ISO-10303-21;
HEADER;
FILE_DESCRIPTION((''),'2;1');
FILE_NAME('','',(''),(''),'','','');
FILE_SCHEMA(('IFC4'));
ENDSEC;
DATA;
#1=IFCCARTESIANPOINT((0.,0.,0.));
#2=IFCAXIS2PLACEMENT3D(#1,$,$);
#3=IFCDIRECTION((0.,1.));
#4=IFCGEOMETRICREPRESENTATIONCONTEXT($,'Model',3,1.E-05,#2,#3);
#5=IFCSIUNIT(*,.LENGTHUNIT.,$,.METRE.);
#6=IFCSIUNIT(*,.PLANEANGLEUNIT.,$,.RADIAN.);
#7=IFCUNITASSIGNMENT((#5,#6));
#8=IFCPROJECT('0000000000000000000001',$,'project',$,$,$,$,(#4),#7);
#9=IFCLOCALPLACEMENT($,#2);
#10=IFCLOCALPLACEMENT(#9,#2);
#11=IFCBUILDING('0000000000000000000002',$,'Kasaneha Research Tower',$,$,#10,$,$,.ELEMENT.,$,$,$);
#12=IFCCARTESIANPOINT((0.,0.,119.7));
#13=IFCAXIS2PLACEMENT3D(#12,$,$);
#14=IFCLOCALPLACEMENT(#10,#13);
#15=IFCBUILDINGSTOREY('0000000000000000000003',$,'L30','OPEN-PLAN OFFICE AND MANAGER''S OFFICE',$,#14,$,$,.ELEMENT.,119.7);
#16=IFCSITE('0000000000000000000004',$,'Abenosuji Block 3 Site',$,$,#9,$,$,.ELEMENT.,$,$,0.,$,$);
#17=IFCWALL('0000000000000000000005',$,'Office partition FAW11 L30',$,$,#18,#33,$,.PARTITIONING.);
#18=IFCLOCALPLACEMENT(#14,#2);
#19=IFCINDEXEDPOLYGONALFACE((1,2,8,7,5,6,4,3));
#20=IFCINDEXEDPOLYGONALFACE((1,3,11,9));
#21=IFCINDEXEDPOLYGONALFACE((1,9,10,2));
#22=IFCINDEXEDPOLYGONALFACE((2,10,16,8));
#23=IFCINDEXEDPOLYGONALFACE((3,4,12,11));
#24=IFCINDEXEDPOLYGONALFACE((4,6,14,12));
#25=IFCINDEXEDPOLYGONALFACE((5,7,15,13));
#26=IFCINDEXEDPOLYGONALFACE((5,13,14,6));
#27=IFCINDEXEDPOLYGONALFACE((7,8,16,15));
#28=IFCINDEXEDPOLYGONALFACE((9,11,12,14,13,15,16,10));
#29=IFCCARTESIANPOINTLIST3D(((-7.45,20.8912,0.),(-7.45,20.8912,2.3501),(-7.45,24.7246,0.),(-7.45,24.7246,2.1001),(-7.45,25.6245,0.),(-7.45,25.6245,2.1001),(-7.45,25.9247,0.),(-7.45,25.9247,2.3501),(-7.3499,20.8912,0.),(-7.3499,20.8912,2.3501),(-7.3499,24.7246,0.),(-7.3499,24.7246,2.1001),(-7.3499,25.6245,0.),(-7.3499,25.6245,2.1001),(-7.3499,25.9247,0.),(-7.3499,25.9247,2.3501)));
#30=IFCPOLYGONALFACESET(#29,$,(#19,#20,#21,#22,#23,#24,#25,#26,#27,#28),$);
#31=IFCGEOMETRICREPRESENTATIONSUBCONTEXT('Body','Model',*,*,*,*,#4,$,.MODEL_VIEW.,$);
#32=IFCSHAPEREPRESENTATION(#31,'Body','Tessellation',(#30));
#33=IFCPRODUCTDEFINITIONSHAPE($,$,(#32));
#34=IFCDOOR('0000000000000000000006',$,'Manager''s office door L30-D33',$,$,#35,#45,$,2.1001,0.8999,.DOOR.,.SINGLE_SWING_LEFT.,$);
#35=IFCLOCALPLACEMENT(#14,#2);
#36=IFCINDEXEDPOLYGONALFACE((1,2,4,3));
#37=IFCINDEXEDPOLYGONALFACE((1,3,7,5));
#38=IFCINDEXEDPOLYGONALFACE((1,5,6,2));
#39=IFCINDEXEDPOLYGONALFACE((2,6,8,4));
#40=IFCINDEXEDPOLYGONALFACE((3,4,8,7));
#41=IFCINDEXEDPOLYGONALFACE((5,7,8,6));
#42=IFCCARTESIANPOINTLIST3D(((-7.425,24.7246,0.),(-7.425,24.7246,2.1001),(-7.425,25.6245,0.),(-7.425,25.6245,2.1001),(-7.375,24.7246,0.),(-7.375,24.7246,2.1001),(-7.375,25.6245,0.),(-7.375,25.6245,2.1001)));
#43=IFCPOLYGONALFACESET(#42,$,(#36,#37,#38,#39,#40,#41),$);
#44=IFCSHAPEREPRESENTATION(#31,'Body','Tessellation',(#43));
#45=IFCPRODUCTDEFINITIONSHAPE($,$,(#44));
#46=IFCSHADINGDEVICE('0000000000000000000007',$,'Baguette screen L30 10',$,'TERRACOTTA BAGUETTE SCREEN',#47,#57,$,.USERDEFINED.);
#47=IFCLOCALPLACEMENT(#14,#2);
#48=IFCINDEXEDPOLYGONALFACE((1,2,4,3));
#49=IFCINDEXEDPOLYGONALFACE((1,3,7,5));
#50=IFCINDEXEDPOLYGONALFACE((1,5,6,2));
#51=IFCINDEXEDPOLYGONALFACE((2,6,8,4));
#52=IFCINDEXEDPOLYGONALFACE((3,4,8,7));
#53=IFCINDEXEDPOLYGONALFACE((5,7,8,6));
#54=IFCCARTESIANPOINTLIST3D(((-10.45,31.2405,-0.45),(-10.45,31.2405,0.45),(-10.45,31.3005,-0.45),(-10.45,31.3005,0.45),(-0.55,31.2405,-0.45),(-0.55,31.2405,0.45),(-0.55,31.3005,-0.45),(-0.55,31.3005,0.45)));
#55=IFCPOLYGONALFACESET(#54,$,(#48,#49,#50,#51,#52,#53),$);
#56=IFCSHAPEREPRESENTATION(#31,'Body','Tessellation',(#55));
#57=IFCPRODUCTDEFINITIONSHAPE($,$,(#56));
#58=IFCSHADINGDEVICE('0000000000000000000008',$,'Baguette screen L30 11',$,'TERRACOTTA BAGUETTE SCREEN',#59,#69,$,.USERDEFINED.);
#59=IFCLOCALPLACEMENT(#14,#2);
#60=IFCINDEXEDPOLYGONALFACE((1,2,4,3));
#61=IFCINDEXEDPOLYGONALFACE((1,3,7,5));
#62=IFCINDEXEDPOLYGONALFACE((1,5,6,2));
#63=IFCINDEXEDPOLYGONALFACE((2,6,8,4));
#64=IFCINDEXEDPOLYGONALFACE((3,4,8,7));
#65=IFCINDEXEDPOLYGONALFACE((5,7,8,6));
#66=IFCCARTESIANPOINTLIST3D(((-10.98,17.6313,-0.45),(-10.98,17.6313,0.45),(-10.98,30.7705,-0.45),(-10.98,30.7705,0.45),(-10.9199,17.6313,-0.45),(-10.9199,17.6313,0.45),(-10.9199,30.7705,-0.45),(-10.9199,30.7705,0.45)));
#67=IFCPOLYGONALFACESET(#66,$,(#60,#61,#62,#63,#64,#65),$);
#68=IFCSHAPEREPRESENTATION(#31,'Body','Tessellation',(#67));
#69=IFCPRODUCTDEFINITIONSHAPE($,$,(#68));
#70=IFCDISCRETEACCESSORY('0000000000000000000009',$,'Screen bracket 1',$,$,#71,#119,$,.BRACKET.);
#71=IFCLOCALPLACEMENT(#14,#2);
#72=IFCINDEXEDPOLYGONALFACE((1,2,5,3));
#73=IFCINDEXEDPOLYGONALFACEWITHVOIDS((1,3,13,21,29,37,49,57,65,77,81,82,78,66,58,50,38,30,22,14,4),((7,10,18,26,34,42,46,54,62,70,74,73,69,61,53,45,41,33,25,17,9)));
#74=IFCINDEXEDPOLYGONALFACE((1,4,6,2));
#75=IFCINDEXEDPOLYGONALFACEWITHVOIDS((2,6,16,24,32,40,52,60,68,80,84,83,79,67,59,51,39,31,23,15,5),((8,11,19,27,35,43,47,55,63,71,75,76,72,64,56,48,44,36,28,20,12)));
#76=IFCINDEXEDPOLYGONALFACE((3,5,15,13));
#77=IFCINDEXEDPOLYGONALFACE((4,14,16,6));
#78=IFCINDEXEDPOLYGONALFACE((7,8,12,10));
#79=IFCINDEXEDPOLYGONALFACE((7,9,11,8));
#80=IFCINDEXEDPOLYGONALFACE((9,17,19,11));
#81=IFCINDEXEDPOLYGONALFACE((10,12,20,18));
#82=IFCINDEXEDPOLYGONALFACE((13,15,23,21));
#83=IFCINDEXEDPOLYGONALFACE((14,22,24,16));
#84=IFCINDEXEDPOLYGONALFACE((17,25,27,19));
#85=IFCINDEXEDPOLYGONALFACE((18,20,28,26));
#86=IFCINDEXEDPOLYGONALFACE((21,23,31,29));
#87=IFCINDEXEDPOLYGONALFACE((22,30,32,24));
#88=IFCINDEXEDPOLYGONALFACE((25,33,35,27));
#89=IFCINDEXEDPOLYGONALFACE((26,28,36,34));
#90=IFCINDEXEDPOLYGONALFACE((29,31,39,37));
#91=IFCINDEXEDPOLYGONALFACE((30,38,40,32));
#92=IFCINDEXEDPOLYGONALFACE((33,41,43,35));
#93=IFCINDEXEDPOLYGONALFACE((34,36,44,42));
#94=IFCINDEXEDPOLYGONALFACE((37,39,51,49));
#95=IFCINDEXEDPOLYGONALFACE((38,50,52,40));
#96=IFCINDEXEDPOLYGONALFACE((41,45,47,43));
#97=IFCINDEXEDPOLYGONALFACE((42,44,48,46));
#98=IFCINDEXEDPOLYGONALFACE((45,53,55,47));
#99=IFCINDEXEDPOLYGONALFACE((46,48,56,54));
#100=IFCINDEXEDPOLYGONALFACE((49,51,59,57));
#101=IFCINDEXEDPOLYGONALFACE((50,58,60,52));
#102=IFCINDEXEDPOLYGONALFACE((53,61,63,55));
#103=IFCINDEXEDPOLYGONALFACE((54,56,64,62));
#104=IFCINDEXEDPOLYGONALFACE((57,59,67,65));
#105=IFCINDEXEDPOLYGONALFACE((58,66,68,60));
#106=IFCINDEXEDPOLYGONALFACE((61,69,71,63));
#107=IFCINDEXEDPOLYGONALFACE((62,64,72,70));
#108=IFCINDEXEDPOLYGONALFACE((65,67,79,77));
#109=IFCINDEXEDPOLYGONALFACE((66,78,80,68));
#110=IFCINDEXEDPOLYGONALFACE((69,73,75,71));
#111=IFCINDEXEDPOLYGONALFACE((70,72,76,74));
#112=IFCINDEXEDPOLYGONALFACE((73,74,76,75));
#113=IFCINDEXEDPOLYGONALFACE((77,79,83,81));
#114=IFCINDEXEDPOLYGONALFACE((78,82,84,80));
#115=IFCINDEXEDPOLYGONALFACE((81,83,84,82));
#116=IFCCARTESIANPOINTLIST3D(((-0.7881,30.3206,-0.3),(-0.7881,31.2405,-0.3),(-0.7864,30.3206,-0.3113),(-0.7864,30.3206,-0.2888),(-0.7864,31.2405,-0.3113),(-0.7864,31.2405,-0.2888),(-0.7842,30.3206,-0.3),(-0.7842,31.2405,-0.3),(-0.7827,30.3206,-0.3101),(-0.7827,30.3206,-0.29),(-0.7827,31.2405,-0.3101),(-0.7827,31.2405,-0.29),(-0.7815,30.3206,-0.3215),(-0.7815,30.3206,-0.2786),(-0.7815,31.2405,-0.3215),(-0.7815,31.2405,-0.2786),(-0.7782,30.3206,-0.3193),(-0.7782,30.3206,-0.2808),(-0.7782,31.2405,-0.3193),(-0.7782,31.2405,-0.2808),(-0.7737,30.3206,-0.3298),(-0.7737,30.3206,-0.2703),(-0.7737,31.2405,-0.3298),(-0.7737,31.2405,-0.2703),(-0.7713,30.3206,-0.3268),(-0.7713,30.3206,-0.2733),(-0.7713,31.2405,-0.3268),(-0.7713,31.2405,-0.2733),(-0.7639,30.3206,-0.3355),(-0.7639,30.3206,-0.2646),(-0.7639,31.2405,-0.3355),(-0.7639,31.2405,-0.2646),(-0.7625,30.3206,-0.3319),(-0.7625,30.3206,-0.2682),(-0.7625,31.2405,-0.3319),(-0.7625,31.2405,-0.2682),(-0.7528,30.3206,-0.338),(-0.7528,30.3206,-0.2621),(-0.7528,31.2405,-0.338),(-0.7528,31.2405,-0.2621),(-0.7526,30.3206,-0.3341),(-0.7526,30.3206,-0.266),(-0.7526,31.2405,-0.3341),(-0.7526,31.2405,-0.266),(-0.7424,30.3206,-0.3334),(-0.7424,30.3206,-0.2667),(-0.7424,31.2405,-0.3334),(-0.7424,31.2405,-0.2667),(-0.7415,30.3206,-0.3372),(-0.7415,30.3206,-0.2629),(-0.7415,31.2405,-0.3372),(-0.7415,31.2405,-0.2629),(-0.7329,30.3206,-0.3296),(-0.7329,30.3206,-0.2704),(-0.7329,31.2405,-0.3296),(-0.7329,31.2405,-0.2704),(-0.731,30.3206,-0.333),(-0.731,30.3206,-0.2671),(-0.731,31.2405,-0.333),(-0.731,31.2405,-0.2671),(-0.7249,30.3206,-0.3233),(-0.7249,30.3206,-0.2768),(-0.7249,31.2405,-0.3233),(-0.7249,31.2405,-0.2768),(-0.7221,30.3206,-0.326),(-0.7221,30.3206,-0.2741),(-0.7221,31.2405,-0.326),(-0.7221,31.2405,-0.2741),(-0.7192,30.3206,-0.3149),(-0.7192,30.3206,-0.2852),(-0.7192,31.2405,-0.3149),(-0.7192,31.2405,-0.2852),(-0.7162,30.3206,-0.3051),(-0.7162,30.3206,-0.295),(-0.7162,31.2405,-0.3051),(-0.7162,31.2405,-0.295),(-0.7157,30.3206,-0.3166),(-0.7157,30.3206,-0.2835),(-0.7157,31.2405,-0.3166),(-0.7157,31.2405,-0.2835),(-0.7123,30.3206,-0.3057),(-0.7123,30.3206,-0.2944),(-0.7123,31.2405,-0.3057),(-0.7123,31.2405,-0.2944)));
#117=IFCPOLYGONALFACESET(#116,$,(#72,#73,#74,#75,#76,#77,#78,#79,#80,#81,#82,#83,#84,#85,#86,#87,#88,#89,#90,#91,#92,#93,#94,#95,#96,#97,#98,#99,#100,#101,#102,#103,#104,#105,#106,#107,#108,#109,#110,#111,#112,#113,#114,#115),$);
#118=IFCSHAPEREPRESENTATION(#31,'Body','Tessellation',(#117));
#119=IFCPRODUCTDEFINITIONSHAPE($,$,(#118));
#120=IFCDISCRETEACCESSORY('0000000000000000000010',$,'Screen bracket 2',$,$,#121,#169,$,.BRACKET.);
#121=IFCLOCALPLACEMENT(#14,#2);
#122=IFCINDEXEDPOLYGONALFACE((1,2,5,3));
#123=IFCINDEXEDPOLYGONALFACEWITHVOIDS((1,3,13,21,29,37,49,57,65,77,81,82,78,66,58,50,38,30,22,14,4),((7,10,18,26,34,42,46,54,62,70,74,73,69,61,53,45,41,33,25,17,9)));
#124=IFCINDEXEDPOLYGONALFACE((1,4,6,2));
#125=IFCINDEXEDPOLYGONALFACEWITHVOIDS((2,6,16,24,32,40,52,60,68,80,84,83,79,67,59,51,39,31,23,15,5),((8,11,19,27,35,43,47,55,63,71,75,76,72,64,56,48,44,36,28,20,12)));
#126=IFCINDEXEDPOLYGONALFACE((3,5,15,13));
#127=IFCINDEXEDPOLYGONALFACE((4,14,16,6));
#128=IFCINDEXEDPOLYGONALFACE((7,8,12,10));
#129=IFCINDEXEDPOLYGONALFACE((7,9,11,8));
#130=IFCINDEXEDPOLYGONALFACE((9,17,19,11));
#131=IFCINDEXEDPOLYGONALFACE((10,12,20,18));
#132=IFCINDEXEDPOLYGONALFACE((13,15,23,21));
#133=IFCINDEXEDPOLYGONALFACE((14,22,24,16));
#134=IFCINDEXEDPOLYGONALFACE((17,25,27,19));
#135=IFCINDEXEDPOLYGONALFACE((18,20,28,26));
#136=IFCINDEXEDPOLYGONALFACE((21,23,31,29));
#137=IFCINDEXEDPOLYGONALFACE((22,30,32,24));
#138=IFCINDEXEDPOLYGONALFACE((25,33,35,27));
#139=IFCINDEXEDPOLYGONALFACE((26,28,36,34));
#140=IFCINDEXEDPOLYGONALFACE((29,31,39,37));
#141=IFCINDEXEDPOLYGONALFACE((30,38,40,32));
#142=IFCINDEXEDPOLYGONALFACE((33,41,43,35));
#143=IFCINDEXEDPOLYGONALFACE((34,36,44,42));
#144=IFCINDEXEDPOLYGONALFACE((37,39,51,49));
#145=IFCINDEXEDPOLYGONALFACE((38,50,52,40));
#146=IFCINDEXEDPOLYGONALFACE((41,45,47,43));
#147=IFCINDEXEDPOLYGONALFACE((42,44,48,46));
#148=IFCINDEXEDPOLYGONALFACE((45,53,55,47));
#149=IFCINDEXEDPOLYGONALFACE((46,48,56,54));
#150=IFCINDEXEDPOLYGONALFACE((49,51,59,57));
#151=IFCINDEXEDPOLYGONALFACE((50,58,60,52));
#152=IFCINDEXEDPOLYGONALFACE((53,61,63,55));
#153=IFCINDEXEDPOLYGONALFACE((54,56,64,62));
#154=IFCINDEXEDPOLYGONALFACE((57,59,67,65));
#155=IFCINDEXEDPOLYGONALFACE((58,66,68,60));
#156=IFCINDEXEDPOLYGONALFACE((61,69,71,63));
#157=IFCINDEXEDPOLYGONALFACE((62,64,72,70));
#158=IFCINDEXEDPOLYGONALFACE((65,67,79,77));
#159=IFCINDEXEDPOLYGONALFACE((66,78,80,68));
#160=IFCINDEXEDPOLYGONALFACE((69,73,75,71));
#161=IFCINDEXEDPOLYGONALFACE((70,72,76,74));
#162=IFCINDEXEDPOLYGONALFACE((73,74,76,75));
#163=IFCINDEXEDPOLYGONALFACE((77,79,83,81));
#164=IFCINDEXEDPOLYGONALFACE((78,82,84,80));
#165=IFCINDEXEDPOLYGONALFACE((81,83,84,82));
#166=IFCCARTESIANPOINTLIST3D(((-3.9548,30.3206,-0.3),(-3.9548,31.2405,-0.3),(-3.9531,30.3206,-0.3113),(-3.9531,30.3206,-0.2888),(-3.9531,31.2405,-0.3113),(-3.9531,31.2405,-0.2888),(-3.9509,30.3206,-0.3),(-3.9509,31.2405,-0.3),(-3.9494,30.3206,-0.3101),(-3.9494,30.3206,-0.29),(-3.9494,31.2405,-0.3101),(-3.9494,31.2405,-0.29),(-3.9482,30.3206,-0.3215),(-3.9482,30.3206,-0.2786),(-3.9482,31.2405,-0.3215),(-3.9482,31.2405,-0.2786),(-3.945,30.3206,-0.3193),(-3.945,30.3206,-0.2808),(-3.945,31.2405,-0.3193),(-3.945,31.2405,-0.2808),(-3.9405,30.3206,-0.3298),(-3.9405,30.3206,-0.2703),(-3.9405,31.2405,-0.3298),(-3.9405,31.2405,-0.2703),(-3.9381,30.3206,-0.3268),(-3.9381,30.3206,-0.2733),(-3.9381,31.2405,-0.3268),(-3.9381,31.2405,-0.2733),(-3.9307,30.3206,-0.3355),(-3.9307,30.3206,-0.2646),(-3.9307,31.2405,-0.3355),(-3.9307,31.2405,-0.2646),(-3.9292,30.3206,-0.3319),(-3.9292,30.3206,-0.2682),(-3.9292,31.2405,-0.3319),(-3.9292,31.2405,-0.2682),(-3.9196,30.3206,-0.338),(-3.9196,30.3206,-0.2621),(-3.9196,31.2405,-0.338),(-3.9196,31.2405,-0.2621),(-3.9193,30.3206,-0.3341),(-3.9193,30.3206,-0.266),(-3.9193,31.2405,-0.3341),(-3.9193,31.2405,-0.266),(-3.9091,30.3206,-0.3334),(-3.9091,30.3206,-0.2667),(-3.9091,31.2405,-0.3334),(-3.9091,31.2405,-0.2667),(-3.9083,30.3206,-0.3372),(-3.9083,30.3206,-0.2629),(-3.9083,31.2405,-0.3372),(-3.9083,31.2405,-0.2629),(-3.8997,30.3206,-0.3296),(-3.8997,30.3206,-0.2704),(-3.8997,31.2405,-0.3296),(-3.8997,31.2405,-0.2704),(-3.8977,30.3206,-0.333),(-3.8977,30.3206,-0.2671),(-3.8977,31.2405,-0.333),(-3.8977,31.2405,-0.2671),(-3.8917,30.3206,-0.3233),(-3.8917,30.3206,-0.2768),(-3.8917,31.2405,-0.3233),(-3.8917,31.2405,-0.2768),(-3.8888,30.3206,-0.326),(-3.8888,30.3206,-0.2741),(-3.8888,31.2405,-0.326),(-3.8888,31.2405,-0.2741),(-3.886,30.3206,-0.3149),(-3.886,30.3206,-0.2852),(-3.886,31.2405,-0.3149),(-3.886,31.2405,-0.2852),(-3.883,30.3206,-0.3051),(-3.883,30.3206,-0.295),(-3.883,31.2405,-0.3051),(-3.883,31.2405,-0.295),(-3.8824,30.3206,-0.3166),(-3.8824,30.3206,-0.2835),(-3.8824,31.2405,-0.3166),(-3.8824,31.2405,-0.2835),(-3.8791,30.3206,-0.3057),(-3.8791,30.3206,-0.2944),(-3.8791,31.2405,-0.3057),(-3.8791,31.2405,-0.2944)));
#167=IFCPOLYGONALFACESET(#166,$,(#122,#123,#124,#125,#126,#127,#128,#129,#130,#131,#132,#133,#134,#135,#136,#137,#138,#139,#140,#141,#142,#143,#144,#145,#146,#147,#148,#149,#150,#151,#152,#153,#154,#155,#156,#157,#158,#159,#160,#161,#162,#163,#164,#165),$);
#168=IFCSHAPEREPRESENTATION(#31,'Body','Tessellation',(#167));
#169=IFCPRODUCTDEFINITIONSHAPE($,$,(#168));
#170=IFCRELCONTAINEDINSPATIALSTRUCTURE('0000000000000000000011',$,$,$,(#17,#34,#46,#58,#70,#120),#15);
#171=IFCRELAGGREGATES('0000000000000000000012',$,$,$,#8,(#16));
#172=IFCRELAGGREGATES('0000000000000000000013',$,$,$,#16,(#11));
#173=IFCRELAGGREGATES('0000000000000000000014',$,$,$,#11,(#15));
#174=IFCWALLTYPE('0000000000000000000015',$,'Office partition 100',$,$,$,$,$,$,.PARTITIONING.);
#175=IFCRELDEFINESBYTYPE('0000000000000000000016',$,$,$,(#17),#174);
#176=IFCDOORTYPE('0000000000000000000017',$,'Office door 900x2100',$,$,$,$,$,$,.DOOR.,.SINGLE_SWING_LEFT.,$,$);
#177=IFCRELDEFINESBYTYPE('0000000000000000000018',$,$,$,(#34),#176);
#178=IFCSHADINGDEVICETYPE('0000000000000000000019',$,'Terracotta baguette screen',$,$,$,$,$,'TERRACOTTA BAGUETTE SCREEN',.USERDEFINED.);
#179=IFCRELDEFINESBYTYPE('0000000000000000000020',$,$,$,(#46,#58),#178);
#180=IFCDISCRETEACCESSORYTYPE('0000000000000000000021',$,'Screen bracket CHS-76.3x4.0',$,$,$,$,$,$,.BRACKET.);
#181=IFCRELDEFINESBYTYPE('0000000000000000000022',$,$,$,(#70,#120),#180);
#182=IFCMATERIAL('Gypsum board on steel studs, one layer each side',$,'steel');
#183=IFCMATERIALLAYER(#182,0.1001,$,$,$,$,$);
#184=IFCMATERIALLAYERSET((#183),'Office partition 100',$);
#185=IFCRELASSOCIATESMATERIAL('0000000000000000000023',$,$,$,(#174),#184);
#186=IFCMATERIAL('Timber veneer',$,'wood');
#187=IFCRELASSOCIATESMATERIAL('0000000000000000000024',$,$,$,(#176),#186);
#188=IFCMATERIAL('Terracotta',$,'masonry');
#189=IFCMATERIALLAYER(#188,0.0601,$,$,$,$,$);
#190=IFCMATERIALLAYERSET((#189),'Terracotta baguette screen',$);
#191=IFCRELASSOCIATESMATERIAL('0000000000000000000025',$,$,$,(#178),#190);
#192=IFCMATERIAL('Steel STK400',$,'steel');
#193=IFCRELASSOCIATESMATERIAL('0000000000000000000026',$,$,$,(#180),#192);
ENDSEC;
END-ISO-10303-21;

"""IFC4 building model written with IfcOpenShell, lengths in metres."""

from ifc_helpers import new_model, si_unit, direction, frame, frame_2d, origin, origin_2d, place, context, subcontext, project, spatial, rectangle, hollow_circle, extrude, material, layer, layer_set, material_profile, profile_set, type_object, element, fill, save


model = new_model("IFC4")

# Units and contexts
model_context = context("Model", 3, precision=1e-05, world=origin(), true_north=direction((0.0, 1.0)))
body_context = subcontext(model_context, "Body", "Model", "MODEL_VIEW")
ifc_project = project(units=[si_unit("LENGTHUNIT", "METRE"), si_unit("PLANEANGLEUNIT", "RADIAN")], contexts=[model_context])

# Site, building, storey
site_placement = place(None, origin())
site = spatial("IfcSite", under=ifc_project, at=site_placement, Name="Abenosuji Block 3 Site", CompositionType="ELEMENT", RefElevation=0.0)
building_placement = place(site_placement, origin())
building = spatial("IfcBuilding", under=site, at=building_placement, Name="Kasaneha Research Tower", CompositionType="ELEMENT")
storey_placement = place(building_placement, frame((0.0, 0.0, 119.7)))
storey = spatial("IfcBuildingStorey", under=building, at=storey_placement, Name="L30", Description="OPEN-PLAN OFFICE AND MANAGER'S OFFICE", CompositionType="ELEMENT", Elevation=119.7)

# Shared definitions
ifc_material_1 = material(Name="Gypsum board on steel studs, one layer each side", Category="steel")
ifc_layer_1 = layer(ifc_material_1, 0.1001)
ifc_layer_set_1 = layer_set([ifc_layer_1], Name="Office partition 100")
wall_type = type_object("IfcWallType", Name="Office partition 100", PredefinedType="PARTITIONING", material=ifc_layer_set_1)

# Wall, opening, door
ifc_material_2 = material(Name="Timber veneer", Category="wood")
door_type = type_object("IfcDoorType", Name="Office door 900x2100", OperationType="SINGLE_SWING_LEFT", PredefinedType="DOOR", material=ifc_material_2)
wall_1_placement = place(storey_placement, frame((-7.3999, 25.9246, 0.0), z_axis=(0.0, 0.0, 1.0), x_axis=(0.0, -1.0, 0.0)))
wall_1 = element("IfcWall", 1, at=wall_1_placement, inside=storey, type_object=wall_type, Name="Office partition FAW11 L30", PredefinedType="PARTITIONING", context=body_context, shape_type="SweptSolid", body=[
    extrude(rectangle(XDim=5.0334, YDim=0.1001, at=frame_2d((2.5166, 0.0))), origin(), (0.0, 0.0, 1.0), 2.3501),
])
opening_1_placement = place(wall_1_placement, frame((0.3, 0.0, 0.0)))
opening_1 = element("IfcOpeningElement", 2, at=opening_1_placement, cuts=wall_1, PredefinedType="OPENING", context=body_context, shape_type="SweptSolid", body=[
    extrude(rectangle(XDim=0.8999, YDim=2.1001, at=frame_2d((0.45, 1.05))), frame((0.0, 0.0601, 0.0), z_axis=(0.0, -1.0, 0.0), x_axis=(1.0, 0.0, 0.0)), (0.0, 0.0, 1.0), 0.1201),
])
door_1_placement = place(opening_1_placement, origin())
door_1 = element("IfcDoor", 3, at=door_1_placement, inside=storey, type_object=door_type, Name="Manager's office door L30-D33", OperationType="SINGLE_SWING_LEFT", OverallHeight=2.1001, OverallWidth=0.8999, PredefinedType="DOOR", context=body_context, shape_type="SweptSolid", body=[
    extrude(rectangle(XDim=0.8999, YDim=2.1001, at=frame_2d((0.45, 1.05))), frame((0.0, 0.0249, 0.0), z_axis=(0.0, -1.0, 0.0), x_axis=(1.0, 0.0, 0.0)), (0.0, 0.0, 1.0), 0.05),
])
fill(opening_1, door_1)

# Shading devices
ifc_material_3 = material(Name="Terracotta", Category="masonry")
ifc_layer_2 = layer(ifc_material_3, 0.0601)
ifc_layer_set_2 = layer_set([ifc_layer_2], Name="Terracotta baguette screen")
shading_device_type = type_object("IfcShadingDeviceType", Name="Terracotta baguette screen", ElementType="TERRACOTTA BAGUETTE SCREEN", PredefinedType="USERDEFINED", material=ifc_layer_set_2)
shading_device_1_placement = place(storey_placement, frame((-5.5, 31.2705, -0.45), z_axis=(0.0, 0.0, 1.0), x_axis=(-1.0, 0.0, 0.0)))
element("IfcShadingDevice", 4, at=shading_device_1_placement, inside=storey, type_object=shading_device_type, Name="Baguette screen L30 10", ObjectType="TERRACOTTA BAGUETTE SCREEN", PredefinedType="USERDEFINED", context=body_context, shape_type="SweptSolid", body=[
    extrude(rectangle(XDim=9.8999, YDim=0.0601, at=origin_2d()), origin(), (0.0, 0.0, 1.0), 0.8999),
])
shading_device_2_placement = place(storey_placement, frame((-10.95, 24.2009, -0.45), z_axis=(0.0, 0.0, 1.0), x_axis=(0.0, -1.0, 0.0)))
element("IfcShadingDevice", 5, at=shading_device_2_placement, inside=storey, type_object=shading_device_type, Name="Baguette screen L30 11", ObjectType="TERRACOTTA BAGUETTE SCREEN", PredefinedType="USERDEFINED", context=body_context, shape_type="SweptSolid", body=[
    extrude(rectangle(XDim=13.1392, YDim=0.0601, at=origin_2d()), origin(), (0.0, 0.0, 1.0), 0.8999),
])

# Discrete accessories
ifc_material_4 = material(Name="Steel STK400", Category="steel")
ifc_material_profile_1 = material_profile(ifc_material_4, hollow_circle(Radius=0.0381, WallThickness=0.0039, at=origin_2d()), Name="CHS-76.3x4.0")
ifc_profile_set_1 = profile_set([ifc_material_profile_1], Name="Steel STK400")
discrete_accessory_type = type_object("IfcDiscreteAccessoryType", Name="Screen bracket CHS-76.3x4.0", PredefinedType="BRACKET", material=ifc_profile_set_1)
for number, where, z_axis, x_axis, name in (
    (6, (-0.75, 30.3206, -0.3), (0.0, 1.0, 0.0), (-1.0, 0.0, 0.0), "Screen bracket 1"),
    (7, (-3.9167, 30.3206, -0.3), (0.0, 1.0, 0.0), (-1.0, 0.0, 0.0), "Screen bracket 2"),
):
    element("IfcDiscreteAccessory", number, at=place(storey_placement, frame(where, z_axis=z_axis, x_axis=x_axis)), inside=storey, type_object=discrete_accessory_type, Name=name, PredefinedType="BRACKET", context=body_context, shape_type="SweptSolid", body=[
        extrude(hollow_circle(Radius=0.0381, WallThickness=0.0039, at=origin_2d()), origin(), (0.0, 0.0, 1.0), 0.9199),
    ])

save(model, "model.ifc")
